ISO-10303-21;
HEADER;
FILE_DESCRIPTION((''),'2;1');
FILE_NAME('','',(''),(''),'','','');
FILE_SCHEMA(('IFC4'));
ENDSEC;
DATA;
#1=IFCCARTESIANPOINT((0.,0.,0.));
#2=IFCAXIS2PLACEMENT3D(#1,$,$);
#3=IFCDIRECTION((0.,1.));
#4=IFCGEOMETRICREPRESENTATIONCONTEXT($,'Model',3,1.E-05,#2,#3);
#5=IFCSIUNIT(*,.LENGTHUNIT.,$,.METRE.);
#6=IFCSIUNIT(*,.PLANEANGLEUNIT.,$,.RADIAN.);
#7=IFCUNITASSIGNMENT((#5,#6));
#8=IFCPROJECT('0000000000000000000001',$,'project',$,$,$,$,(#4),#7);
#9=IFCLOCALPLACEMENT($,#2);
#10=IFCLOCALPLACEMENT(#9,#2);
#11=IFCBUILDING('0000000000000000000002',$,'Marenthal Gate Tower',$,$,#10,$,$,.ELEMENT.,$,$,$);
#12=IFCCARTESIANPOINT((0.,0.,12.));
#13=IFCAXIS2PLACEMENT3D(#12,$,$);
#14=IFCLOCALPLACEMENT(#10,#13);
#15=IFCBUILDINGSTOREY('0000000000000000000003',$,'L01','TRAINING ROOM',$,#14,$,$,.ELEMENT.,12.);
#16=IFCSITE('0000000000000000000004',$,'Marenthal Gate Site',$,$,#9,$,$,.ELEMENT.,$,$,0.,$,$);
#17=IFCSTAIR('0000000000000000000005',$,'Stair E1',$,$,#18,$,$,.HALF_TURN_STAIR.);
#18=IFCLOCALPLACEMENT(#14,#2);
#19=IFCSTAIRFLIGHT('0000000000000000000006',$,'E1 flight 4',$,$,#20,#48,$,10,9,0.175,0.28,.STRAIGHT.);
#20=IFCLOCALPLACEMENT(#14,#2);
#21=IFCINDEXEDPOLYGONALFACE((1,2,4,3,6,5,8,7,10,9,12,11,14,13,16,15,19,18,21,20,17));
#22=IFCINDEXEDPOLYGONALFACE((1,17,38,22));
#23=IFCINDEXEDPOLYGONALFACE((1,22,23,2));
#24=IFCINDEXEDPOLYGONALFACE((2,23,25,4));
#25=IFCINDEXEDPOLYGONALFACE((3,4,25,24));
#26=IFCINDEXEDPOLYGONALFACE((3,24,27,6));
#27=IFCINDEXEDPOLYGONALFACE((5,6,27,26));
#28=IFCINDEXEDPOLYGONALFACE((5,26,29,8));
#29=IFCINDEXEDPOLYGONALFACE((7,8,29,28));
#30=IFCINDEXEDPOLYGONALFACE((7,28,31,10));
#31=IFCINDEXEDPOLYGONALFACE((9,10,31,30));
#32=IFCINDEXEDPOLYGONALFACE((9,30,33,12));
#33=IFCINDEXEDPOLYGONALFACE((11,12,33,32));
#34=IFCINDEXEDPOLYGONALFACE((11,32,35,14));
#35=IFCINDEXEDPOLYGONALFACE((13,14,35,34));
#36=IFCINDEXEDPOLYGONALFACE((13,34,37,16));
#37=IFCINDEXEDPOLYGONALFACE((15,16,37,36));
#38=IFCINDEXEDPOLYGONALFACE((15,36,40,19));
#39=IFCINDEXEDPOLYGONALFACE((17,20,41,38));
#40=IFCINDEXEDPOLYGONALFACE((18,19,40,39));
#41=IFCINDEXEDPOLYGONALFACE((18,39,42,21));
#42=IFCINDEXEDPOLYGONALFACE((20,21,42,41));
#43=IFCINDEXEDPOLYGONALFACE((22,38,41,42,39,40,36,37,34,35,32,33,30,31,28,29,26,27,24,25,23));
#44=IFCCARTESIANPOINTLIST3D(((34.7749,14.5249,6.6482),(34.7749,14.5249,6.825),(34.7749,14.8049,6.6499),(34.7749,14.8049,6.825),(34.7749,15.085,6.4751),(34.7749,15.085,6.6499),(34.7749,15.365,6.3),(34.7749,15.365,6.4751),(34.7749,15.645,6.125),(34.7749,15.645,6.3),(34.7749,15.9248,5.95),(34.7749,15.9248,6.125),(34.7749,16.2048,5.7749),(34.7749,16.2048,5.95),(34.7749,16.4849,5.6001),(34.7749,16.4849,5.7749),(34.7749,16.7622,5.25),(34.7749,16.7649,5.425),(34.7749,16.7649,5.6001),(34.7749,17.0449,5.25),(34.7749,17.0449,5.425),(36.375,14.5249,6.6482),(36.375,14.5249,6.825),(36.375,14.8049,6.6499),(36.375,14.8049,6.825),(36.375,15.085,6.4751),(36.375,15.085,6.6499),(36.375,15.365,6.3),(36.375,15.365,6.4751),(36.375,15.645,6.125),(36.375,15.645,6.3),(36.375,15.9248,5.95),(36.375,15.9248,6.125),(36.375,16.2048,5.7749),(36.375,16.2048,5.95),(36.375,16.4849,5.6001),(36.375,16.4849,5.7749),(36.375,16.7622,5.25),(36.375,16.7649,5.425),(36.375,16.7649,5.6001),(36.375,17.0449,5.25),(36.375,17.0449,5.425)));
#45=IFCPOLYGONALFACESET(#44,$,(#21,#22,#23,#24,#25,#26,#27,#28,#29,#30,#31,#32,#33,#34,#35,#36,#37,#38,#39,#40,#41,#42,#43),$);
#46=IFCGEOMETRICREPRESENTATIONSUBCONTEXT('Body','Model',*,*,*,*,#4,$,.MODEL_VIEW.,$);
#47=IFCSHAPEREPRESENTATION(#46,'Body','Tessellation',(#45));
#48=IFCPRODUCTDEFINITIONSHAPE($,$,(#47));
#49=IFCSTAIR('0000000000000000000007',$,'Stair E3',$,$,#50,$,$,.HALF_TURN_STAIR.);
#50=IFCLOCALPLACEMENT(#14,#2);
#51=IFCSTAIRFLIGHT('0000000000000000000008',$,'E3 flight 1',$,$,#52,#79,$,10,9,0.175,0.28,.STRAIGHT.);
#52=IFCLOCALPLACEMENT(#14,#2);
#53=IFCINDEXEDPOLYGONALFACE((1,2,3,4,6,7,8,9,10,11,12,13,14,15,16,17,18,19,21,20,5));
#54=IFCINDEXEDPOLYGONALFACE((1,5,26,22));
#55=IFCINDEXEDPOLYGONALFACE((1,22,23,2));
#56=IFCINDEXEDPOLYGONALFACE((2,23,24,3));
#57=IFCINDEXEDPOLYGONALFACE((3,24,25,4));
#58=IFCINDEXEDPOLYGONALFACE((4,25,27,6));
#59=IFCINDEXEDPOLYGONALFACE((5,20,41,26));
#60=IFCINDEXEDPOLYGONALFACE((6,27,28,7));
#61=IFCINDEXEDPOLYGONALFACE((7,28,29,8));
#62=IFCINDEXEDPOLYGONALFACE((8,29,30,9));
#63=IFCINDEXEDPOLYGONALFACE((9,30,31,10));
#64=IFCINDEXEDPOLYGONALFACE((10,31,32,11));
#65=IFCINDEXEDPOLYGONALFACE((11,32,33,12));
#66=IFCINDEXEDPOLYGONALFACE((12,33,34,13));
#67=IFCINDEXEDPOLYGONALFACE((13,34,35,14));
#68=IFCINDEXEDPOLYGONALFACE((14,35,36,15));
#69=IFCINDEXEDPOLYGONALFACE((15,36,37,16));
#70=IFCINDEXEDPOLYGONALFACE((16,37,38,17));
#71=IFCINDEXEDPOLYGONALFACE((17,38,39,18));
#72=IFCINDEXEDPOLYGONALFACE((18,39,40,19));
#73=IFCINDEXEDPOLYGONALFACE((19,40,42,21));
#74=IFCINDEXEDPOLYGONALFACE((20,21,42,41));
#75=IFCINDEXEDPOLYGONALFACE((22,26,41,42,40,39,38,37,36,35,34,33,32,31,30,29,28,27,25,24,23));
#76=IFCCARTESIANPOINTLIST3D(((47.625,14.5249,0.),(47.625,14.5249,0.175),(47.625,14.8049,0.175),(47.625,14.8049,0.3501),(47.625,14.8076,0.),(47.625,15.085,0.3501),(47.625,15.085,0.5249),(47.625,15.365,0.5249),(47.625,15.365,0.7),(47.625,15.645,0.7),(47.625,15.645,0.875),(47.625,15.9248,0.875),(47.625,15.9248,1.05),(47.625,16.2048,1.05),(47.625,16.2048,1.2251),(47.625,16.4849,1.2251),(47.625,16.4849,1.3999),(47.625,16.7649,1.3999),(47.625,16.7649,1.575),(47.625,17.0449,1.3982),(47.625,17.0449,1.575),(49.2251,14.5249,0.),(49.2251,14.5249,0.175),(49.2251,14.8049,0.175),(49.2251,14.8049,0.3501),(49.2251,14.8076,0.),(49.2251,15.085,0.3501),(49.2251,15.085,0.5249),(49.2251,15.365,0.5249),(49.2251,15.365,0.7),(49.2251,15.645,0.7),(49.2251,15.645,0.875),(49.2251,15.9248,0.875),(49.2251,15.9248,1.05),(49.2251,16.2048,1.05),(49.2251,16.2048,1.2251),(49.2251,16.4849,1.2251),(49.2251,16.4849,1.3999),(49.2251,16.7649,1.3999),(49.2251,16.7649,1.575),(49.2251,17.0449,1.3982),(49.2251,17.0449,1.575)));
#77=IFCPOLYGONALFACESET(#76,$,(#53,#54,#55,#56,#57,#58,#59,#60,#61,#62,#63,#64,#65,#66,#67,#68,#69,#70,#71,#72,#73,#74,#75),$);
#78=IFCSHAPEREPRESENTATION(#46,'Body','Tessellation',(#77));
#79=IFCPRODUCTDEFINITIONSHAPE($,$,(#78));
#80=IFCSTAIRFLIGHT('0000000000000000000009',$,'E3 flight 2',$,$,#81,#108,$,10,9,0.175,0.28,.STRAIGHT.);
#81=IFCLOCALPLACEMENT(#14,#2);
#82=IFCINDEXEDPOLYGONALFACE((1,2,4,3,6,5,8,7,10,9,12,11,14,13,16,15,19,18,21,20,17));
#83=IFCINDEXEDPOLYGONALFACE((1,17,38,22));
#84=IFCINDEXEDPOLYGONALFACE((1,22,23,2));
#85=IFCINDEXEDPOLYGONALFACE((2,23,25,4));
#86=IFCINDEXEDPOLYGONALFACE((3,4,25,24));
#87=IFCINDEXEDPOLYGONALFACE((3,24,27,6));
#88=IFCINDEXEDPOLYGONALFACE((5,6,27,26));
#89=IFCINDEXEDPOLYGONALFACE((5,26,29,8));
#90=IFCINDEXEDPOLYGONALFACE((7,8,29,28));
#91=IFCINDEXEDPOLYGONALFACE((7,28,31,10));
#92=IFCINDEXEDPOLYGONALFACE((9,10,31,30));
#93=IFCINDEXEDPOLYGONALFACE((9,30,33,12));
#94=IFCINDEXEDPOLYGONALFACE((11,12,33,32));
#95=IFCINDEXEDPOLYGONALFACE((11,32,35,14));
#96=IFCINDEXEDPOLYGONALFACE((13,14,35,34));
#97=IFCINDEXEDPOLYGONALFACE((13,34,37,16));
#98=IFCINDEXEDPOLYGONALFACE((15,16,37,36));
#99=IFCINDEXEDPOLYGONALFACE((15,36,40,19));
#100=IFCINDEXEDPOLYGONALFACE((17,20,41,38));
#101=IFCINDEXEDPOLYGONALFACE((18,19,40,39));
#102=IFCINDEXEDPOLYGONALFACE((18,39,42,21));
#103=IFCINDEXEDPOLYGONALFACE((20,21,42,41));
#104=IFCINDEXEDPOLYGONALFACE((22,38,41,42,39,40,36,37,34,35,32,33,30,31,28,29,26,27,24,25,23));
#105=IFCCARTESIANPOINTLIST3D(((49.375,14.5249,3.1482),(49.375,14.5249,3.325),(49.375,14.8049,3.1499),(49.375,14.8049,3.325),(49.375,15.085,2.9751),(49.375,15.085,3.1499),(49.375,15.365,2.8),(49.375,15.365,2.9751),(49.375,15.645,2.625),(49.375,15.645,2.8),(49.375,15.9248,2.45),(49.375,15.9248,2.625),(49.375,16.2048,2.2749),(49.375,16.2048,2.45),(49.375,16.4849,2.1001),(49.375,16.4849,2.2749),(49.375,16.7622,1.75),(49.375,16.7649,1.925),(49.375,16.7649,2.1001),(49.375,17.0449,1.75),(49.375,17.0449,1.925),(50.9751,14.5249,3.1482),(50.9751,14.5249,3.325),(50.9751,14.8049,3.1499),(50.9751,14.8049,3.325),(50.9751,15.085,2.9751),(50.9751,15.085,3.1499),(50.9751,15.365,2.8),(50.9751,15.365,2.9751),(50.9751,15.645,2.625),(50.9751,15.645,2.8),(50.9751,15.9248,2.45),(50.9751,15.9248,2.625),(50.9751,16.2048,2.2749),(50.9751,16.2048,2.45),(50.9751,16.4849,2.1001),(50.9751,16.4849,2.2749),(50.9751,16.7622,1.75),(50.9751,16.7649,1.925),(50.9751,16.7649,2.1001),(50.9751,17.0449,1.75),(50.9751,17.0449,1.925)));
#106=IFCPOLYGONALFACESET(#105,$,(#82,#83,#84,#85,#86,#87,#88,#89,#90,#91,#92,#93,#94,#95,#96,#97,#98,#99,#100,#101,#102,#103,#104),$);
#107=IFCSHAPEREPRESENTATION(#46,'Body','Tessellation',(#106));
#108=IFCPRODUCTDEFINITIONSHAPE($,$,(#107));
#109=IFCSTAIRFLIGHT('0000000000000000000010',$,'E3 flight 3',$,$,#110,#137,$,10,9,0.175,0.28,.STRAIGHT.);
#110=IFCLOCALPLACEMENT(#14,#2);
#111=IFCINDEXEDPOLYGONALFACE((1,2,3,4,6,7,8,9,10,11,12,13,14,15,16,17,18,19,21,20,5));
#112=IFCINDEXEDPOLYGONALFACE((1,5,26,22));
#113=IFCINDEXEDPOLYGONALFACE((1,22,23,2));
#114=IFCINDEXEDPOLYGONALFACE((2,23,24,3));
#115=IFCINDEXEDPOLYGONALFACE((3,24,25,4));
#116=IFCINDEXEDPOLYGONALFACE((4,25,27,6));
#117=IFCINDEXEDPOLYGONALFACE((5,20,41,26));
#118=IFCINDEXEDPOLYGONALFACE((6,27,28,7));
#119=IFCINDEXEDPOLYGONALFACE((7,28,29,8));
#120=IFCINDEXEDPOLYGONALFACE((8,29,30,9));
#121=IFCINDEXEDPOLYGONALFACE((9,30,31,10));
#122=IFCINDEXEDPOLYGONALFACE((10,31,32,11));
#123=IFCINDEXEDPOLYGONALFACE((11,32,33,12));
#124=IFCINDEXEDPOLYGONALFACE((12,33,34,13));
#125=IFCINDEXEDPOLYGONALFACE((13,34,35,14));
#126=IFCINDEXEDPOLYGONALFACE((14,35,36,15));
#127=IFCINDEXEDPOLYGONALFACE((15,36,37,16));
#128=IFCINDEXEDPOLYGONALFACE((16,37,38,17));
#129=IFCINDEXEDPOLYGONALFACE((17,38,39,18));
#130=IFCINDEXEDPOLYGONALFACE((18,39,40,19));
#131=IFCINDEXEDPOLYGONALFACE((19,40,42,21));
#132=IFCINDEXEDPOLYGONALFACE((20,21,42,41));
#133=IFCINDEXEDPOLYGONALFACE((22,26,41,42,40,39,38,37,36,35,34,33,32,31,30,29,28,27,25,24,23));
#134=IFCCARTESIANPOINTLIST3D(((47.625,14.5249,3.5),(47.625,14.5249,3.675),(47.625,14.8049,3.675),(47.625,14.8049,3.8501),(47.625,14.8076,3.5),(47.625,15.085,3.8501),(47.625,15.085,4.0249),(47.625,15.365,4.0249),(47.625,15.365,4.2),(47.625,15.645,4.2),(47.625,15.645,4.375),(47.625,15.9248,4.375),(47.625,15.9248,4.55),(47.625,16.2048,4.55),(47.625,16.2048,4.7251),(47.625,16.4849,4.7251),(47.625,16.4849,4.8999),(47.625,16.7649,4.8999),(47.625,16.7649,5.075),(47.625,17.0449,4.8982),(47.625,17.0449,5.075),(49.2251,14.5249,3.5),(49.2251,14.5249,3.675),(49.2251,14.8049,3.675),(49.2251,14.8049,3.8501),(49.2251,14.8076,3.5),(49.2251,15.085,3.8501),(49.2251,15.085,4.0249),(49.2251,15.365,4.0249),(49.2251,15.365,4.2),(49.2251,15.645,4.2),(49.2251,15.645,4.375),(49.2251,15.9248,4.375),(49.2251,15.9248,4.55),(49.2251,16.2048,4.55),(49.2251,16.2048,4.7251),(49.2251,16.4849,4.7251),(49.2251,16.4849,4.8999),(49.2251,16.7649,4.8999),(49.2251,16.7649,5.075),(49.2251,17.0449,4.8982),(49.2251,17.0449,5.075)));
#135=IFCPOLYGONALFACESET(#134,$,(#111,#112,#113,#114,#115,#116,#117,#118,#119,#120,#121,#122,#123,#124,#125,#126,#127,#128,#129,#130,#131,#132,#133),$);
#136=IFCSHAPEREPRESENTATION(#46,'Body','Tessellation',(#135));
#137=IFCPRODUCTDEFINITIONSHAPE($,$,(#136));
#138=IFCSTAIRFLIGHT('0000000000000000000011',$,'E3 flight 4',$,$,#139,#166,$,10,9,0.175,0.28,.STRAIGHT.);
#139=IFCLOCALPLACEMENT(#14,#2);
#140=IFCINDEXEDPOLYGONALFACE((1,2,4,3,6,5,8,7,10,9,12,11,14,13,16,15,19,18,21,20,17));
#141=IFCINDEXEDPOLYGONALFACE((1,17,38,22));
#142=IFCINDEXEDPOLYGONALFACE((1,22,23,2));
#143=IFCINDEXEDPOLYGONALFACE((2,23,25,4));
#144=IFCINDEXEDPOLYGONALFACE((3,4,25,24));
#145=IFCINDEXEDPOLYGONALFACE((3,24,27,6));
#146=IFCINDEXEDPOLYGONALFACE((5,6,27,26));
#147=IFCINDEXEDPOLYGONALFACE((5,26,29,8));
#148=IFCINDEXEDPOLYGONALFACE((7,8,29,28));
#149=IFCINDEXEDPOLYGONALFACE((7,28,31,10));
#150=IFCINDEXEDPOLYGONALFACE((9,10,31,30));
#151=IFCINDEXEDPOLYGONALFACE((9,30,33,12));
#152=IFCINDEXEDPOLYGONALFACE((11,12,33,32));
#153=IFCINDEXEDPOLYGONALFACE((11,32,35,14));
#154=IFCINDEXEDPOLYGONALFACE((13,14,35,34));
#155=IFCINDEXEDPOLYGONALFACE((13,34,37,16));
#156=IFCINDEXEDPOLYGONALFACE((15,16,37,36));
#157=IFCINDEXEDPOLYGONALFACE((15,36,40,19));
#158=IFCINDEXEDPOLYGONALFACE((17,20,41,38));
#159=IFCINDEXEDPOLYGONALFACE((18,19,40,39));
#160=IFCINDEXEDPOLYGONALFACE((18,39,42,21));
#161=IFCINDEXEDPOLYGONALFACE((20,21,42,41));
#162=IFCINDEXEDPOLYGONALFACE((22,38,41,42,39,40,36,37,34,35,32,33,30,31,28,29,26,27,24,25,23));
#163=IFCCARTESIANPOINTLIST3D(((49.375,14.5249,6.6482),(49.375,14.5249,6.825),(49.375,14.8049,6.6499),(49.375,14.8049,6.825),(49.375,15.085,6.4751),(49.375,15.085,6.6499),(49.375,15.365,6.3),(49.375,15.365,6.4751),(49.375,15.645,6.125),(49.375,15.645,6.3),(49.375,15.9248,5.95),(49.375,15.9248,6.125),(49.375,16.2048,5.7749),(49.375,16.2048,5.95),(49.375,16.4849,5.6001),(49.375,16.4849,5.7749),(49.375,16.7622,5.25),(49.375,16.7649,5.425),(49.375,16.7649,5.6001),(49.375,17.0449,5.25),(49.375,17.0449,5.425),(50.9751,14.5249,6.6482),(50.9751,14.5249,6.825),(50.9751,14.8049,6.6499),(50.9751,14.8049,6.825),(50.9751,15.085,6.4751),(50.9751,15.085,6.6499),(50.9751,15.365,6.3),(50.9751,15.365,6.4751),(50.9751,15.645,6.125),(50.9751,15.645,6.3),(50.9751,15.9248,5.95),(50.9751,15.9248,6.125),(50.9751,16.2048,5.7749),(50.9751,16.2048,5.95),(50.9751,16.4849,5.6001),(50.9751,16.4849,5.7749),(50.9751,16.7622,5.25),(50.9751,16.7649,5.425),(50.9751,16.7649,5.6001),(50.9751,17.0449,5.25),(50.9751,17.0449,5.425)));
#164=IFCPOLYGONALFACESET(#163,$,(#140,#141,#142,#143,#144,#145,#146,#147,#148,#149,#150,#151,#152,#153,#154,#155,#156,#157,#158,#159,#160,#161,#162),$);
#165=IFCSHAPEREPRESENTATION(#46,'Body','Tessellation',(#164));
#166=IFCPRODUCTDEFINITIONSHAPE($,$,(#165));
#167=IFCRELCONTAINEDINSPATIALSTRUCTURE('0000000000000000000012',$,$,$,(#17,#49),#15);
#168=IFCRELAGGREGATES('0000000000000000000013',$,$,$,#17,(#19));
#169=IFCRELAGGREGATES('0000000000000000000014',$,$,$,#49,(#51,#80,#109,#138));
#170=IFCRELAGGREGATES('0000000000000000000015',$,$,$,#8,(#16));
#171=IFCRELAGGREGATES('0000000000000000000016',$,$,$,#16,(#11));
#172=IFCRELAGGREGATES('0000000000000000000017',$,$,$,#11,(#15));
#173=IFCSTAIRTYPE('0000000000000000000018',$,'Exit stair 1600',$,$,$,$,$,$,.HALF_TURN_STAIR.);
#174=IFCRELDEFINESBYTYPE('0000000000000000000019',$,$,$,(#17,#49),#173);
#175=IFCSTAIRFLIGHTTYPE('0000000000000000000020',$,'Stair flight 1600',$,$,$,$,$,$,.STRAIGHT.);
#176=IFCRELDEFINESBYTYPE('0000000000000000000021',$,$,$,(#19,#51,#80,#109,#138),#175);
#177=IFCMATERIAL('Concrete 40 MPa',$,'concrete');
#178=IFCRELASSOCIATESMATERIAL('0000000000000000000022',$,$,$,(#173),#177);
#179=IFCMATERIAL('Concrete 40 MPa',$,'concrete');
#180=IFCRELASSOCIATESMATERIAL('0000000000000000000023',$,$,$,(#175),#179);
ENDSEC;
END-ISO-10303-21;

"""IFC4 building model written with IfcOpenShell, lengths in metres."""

from ifc_helpers import new_model, si_unit, direction, frame, origin, place, context, subcontext, project, spatial, polyline, outline, extrude, material, type_object, element, aggregate, save


model = new_model("IFC4")

# Units and contexts
model_context = context("Model", 3, precision=1e-05, world=origin(), true_north=direction((0.0, 1.0)))
body_context = subcontext(model_context, "Body", "Model", "MODEL_VIEW")
ifc_project = project(units=[si_unit("LENGTHUNIT", "METRE"), si_unit("PLANEANGLEUNIT", "RADIAN")], contexts=[model_context])

# Site, building, storey
site_placement = place(None, origin())
site = spatial("IfcSite", under=ifc_project, at=site_placement, Name="Marenthal Gate Site", CompositionType="ELEMENT", RefElevation=0.0)
building_placement = place(site_placement, origin())
building = spatial("IfcBuilding", under=site, at=building_placement, Name="Marenthal Gate Tower", CompositionType="ELEMENT")
storey_placement = place(building_placement, frame((0.0, 0.0, 12.0)))
storey = spatial("IfcBuildingStorey", under=building, at=storey_placement, Name="L01", Description="TRAINING ROOM", CompositionType="ELEMENT", Elevation=12.0)

# Stairs, stair flights
ifc_material_1 = material(Name="Concrete 40 MPa", Category="concrete")
stair_type = type_object("IfcStairType", Name="Exit stair 1600", PredefinedType="HALF_TURN_STAIR", material=ifc_material_1)
stair_1_placement = place(storey_placement, origin())
stair_1 = element("IfcStair", 1, at=stair_1_placement, inside=storey, type_object=stair_type, Name="Stair E1", PredefinedType="HALF_TURN_STAIR")
ifc_material_2 = material(Name="Concrete 40 MPa", Category="concrete")
stair_flight_type = type_object("IfcStairFlightType", Name="Stair flight 1600", PredefinedType="STRAIGHT", material=ifc_material_2)
stair_flight_1_placement = place(storey_placement, frame((35.575, 17.0449, 5.25), z_axis=(0.0, 0.0, 1.0), x_axis=(0.0, -1.0, 0.0)))
stair_flight_1 = element("IfcStairFlight", 2, at=stair_flight_1_placement, type_object=stair_flight_type, Name="E1 flight 4", NumberOfRisers=10, NumberOfTreads=9, PredefinedType="STRAIGHT", RiserHeight=0.175, TreadLength=0.28, context=body_context, shape_type="SweptSolid", body=[
    extrude(outline(polyline([(0.0, 0.0), (0.0, 0.175), (0.28, 0.175), (0.28, 0.3501), (0.5601, 0.3501), (0.5601, 0.5249), (0.8401, 0.5249), (0.8401, 0.7), (1.1201, 0.7), (1.1201, 0.875), (1.3999, 0.875), (1.3999, 1.05), (1.6799, 1.05), (1.6799, 1.2251), (1.96, 1.2251), (1.96, 1.3999), (2.24, 1.3999), (2.24, 1.575), (2.52, 1.575), (2.52, 1.75), (2.52, 1.3982), (0.2827, 0.0), (0.0, 0.0)])), frame((0.0, 0.8, 0.0), z_axis=(0.0, -1.0, 0.0), x_axis=(1.0, 0.0, 0.0)), (0.0, 0.0, 1.0), 1.6001),
])
aggregate(stair_1, [stair_flight_1])
stair_2_placement = place(storey_placement, origin())
stair_2 = element("IfcStair", 3, at=stair_2_placement, inside=storey, type_object=stair_type, Name="Stair E3", PredefinedType="HALF_TURN_STAIR")
stair_flight_2_placement = place(storey_placement, frame((48.425, 14.5249, 0.0), z_axis=(0.0, 0.0, 1.0), x_axis=(0.0, 1.0, 0.0)))
stair_flight_2 = element("IfcStairFlight", 4, at=stair_flight_2_placement, type_object=stair_flight_type, Name="E3 flight 1", NumberOfRisers=10, NumberOfTreads=9, PredefinedType="STRAIGHT", RiserHeight=0.175, TreadLength=0.28, context=body_context, shape_type="SweptSolid", body=[
    extrude(outline(polyline([(0.0, 0.0), (0.0, 0.175), (0.28, 0.175), (0.28, 0.3501), (0.5601, 0.3501), (0.5601, 0.5249), (0.8401, 0.5249), (0.8401, 0.7), (1.1201, 0.7), (1.1201, 0.875), (1.3999, 0.875), (1.3999, 1.05), (1.6799, 1.05), (1.6799, 1.2251), (1.96, 1.2251), (1.96, 1.3999), (2.24, 1.3999), (2.24, 1.575), (2.52, 1.575), (2.52, 1.75), (2.52, 1.3982), (0.2827, 0.0), (0.0, 0.0)])), frame((0.0, 0.8, 0.0), z_axis=(0.0, -1.0, 0.0), x_axis=(1.0, 0.0, 0.0)), (0.0, 0.0, 1.0), 1.6001),
])
stair_flight_3_placement = place(storey_placement, frame((50.175, 17.0449, 1.75), z_axis=(0.0, 0.0, 1.0), x_axis=(0.0, -1.0, 0.0)))
stair_flight_3 = element("IfcStairFlight", 5, at=stair_flight_3_placement, type_object=stair_flight_type, Name="E3 flight 2", NumberOfRisers=10, NumberOfTreads=9, PredefinedType="STRAIGHT", RiserHeight=0.175, TreadLength=0.28, context=body_context, shape_type="SweptSolid", body=[
    extrude(outline(polyline([(0.0, 0.0), (0.0, 0.175), (0.28, 0.175), (0.28, 0.3501), (0.5601, 0.3501), (0.5601, 0.5249), (0.8401, 0.5249), (0.8401, 0.7), (1.1201, 0.7), (1.1201, 0.875), (1.3999, 0.875), (1.3999, 1.05), (1.6799, 1.05), (1.6799, 1.2251), (1.96, 1.2251), (1.96, 1.3999), (2.24, 1.3999), (2.24, 1.575), (2.52, 1.575), (2.52, 1.75), (2.52, 1.3982), (0.2827, 0.0), (0.0, 0.0)])), frame((0.0, 0.8, 0.0), z_axis=(0.0, -1.0, 0.0), x_axis=(1.0, 0.0, 0.0)), (0.0, 0.0, 1.0), 1.6001),
])
stair_flight_4_placement = place(storey_placement, frame((48.425, 14.5249, 3.5), z_axis=(0.0, 0.0, 1.0), x_axis=(0.0, 1.0, 0.0)))
stair_flight_4 = element("IfcStairFlight", 6, at=stair_flight_4_placement, type_object=stair_flight_type, Name="E3 flight 3", NumberOfRisers=10, NumberOfTreads=9, PredefinedType="STRAIGHT", RiserHeight=0.175, TreadLength=0.28, context=body_context, shape_type="SweptSolid", body=[
    extrude(outline(polyline([(0.0, 0.0), (0.0, 0.175), (0.28, 0.175), (0.28, 0.3501), (0.5601, 0.3501), (0.5601, 0.5249), (0.8401, 0.5249), (0.8401, 0.7), (1.1201, 0.7), (1.1201, 0.875), (1.3999, 0.875), (1.3999, 1.05), (1.6799, 1.05), (1.6799, 1.2251), (1.96, 1.2251), (1.96, 1.3999), (2.24, 1.3999), (2.24, 1.575), (2.52, 1.575), (2.52, 1.75), (2.52, 1.3982), (0.2827, 0.0), (0.0, 0.0)])), frame((0.0, 0.8, 0.0), z_axis=(0.0, -1.0, 0.0), x_axis=(1.0, 0.0, 0.0)), (0.0, 0.0, 1.0), 1.6001),
])
stair_flight_5_placement = place(storey_placement, frame((50.175, 17.0449, 5.25), z_axis=(0.0, 0.0, 1.0), x_axis=(0.0, -1.0, 0.0)))
stair_flight_5 = element("IfcStairFlight", 7, at=stair_flight_5_placement, type_object=stair_flight_type, Name="E3 flight 4", NumberOfRisers=10, NumberOfTreads=9, PredefinedType="STRAIGHT", RiserHeight=0.175, TreadLength=0.28, context=body_context, shape_type="SweptSolid", body=[
    extrude(outline(polyline([(0.0, 0.0), (0.0, 0.175), (0.28, 0.175), (0.28, 0.3501), (0.5601, 0.3501), (0.5601, 0.5249), (0.8401, 0.5249), (0.8401, 0.7), (1.1201, 0.7), (1.1201, 0.875), (1.3999, 0.875), (1.3999, 1.05), (1.6799, 1.05), (1.6799, 1.2251), (1.96, 1.2251), (1.96, 1.3999), (2.24, 1.3999), (2.24, 1.575), (2.52, 1.575), (2.52, 1.75), (2.52, 1.3982), (0.2827, 0.0), (0.0, 0.0)])), frame((0.0, 0.8, 0.0), z_axis=(0.0, -1.0, 0.0), x_axis=(1.0, 0.0, 0.0)), (0.0, 0.0, 1.0), 1.6001),
])
aggregate(stair_2, [stair_flight_2, stair_flight_3, stair_flight_4, stair_flight_5])

save(model, "model.ifc")
